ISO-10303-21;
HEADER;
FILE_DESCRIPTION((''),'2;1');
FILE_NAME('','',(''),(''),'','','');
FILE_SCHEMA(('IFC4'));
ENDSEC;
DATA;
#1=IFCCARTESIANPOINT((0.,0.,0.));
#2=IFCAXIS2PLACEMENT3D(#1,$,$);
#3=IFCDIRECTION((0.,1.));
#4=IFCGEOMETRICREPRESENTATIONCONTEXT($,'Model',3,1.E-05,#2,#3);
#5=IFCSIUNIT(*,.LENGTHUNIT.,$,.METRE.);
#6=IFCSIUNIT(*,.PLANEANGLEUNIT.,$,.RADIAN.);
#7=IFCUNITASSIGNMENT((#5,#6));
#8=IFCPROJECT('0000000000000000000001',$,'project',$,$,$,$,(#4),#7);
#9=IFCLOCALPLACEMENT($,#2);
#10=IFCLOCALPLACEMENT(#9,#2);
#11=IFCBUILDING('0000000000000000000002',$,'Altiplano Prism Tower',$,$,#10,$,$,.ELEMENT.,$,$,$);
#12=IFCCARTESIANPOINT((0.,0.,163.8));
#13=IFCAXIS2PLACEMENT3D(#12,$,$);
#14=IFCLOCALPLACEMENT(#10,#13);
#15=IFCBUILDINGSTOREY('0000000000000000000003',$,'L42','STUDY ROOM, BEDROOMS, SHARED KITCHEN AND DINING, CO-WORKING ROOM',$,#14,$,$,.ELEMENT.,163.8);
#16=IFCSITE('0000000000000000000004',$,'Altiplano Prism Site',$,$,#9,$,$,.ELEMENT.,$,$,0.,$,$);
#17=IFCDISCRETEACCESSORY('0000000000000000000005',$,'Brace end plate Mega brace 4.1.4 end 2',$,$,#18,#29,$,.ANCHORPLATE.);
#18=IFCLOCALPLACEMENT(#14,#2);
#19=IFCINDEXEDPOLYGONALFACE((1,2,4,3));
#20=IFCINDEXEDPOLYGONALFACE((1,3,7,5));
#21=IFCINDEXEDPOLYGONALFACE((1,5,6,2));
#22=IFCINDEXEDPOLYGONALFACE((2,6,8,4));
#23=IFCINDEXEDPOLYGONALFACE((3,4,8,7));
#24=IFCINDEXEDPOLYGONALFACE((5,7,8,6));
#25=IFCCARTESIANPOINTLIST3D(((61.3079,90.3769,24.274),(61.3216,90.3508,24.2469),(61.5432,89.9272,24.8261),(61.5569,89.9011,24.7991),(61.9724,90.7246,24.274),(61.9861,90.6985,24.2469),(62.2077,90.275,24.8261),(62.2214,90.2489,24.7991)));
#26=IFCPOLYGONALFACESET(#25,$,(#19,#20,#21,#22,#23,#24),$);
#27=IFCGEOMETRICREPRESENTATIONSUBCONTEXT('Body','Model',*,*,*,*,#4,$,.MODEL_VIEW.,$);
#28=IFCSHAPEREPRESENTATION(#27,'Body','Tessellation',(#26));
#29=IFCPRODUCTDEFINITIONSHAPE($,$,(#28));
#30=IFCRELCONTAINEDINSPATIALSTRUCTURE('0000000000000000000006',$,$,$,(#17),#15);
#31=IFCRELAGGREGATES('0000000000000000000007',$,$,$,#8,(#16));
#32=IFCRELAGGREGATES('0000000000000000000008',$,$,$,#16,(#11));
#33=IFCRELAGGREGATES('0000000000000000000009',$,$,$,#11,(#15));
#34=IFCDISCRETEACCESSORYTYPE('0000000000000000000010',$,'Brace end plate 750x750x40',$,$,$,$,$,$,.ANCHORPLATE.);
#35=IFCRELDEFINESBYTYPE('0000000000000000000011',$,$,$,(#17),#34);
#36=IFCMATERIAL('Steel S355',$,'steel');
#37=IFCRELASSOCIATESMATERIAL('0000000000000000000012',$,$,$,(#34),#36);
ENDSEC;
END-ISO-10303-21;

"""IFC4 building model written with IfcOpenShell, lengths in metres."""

from ifc_helpers import new_model, si_unit, direction, frame, origin, origin_2d, place, context, subcontext, project, spatial, rectangle, extrude, material, material_profile, profile_set, type_object, element, save


model = new_model("IFC4")

# Units and contexts
model_context = context("Model", 3, precision=1e-05, world=origin(), true_north=direction((0.0, 1.0)))
body_context = subcontext(model_context, "Body", "Model", "MODEL_VIEW")
ifc_project = project(units=[si_unit("LENGTHUNIT", "METRE"), si_unit("PLANEANGLEUNIT", "RADIAN")], contexts=[model_context])

# Site, building, storey
site_placement = place(None, origin())
site = spatial("IfcSite", under=ifc_project, at=site_placement, Name="Altiplano Prism Site", CompositionType="ELEMENT", RefElevation=0.0)
building_placement = place(site_placement, origin())
building = spatial("IfcBuilding", under=site, at=building_placement, Name="Altiplano Prism Tower", CompositionType="ELEMENT")
storey_placement = place(building_placement, frame((0.0, 0.0, 163.8)))
storey = spatial("IfcBuildingStorey", under=building, at=storey_placement, Name="L42", Description="STUDY ROOM, BEDROOMS, SHARED KITCHEN AND DINING, CO-WORKING ROOM", CompositionType="ELEMENT", Elevation=163.8)

# Discrete accessory
ifc_material_1 = material(Name="Steel S355", Category="steel")
ifc_material_profile_1 = material_profile(ifc_material_1, rectangle(XDim=0.75, YDim=0.75, at=origin_2d()), Name="Brace end plate 750x750x40")
ifc_profile_set_1 = profile_set([ifc_material_profile_1], Name="Steel S355")
discrete_accessory_type = type_object("IfcDiscreteAccessoryType", Name="Brace end plate 750x750x40", PredefinedType="ANCHORPLATE", material=ifc_profile_set_1)
discrete_accessory_placement = place(storey_placement, frame((61.7578, 90.3259, 24.55), z_axis=(0.3414, -0.652318, -0.676703), x_axis=(0.885994, 0.463698, 0.0)))
element("IfcDiscreteAccessory", 1, at=discrete_accessory_placement, inside=storey, type_object=discrete_accessory_type, Name="Brace end plate Mega brace 4.1.4 end 2", PredefinedType="ANCHORPLATE", context=body_context, shape_type="SweptSolid", body=[
    extrude(rectangle(XDim=0.75, YDim=0.75, at=origin_2d()), origin(), (0.0, 0.0, 1.0), 0.04),
])

save(model, "model.ifc")
